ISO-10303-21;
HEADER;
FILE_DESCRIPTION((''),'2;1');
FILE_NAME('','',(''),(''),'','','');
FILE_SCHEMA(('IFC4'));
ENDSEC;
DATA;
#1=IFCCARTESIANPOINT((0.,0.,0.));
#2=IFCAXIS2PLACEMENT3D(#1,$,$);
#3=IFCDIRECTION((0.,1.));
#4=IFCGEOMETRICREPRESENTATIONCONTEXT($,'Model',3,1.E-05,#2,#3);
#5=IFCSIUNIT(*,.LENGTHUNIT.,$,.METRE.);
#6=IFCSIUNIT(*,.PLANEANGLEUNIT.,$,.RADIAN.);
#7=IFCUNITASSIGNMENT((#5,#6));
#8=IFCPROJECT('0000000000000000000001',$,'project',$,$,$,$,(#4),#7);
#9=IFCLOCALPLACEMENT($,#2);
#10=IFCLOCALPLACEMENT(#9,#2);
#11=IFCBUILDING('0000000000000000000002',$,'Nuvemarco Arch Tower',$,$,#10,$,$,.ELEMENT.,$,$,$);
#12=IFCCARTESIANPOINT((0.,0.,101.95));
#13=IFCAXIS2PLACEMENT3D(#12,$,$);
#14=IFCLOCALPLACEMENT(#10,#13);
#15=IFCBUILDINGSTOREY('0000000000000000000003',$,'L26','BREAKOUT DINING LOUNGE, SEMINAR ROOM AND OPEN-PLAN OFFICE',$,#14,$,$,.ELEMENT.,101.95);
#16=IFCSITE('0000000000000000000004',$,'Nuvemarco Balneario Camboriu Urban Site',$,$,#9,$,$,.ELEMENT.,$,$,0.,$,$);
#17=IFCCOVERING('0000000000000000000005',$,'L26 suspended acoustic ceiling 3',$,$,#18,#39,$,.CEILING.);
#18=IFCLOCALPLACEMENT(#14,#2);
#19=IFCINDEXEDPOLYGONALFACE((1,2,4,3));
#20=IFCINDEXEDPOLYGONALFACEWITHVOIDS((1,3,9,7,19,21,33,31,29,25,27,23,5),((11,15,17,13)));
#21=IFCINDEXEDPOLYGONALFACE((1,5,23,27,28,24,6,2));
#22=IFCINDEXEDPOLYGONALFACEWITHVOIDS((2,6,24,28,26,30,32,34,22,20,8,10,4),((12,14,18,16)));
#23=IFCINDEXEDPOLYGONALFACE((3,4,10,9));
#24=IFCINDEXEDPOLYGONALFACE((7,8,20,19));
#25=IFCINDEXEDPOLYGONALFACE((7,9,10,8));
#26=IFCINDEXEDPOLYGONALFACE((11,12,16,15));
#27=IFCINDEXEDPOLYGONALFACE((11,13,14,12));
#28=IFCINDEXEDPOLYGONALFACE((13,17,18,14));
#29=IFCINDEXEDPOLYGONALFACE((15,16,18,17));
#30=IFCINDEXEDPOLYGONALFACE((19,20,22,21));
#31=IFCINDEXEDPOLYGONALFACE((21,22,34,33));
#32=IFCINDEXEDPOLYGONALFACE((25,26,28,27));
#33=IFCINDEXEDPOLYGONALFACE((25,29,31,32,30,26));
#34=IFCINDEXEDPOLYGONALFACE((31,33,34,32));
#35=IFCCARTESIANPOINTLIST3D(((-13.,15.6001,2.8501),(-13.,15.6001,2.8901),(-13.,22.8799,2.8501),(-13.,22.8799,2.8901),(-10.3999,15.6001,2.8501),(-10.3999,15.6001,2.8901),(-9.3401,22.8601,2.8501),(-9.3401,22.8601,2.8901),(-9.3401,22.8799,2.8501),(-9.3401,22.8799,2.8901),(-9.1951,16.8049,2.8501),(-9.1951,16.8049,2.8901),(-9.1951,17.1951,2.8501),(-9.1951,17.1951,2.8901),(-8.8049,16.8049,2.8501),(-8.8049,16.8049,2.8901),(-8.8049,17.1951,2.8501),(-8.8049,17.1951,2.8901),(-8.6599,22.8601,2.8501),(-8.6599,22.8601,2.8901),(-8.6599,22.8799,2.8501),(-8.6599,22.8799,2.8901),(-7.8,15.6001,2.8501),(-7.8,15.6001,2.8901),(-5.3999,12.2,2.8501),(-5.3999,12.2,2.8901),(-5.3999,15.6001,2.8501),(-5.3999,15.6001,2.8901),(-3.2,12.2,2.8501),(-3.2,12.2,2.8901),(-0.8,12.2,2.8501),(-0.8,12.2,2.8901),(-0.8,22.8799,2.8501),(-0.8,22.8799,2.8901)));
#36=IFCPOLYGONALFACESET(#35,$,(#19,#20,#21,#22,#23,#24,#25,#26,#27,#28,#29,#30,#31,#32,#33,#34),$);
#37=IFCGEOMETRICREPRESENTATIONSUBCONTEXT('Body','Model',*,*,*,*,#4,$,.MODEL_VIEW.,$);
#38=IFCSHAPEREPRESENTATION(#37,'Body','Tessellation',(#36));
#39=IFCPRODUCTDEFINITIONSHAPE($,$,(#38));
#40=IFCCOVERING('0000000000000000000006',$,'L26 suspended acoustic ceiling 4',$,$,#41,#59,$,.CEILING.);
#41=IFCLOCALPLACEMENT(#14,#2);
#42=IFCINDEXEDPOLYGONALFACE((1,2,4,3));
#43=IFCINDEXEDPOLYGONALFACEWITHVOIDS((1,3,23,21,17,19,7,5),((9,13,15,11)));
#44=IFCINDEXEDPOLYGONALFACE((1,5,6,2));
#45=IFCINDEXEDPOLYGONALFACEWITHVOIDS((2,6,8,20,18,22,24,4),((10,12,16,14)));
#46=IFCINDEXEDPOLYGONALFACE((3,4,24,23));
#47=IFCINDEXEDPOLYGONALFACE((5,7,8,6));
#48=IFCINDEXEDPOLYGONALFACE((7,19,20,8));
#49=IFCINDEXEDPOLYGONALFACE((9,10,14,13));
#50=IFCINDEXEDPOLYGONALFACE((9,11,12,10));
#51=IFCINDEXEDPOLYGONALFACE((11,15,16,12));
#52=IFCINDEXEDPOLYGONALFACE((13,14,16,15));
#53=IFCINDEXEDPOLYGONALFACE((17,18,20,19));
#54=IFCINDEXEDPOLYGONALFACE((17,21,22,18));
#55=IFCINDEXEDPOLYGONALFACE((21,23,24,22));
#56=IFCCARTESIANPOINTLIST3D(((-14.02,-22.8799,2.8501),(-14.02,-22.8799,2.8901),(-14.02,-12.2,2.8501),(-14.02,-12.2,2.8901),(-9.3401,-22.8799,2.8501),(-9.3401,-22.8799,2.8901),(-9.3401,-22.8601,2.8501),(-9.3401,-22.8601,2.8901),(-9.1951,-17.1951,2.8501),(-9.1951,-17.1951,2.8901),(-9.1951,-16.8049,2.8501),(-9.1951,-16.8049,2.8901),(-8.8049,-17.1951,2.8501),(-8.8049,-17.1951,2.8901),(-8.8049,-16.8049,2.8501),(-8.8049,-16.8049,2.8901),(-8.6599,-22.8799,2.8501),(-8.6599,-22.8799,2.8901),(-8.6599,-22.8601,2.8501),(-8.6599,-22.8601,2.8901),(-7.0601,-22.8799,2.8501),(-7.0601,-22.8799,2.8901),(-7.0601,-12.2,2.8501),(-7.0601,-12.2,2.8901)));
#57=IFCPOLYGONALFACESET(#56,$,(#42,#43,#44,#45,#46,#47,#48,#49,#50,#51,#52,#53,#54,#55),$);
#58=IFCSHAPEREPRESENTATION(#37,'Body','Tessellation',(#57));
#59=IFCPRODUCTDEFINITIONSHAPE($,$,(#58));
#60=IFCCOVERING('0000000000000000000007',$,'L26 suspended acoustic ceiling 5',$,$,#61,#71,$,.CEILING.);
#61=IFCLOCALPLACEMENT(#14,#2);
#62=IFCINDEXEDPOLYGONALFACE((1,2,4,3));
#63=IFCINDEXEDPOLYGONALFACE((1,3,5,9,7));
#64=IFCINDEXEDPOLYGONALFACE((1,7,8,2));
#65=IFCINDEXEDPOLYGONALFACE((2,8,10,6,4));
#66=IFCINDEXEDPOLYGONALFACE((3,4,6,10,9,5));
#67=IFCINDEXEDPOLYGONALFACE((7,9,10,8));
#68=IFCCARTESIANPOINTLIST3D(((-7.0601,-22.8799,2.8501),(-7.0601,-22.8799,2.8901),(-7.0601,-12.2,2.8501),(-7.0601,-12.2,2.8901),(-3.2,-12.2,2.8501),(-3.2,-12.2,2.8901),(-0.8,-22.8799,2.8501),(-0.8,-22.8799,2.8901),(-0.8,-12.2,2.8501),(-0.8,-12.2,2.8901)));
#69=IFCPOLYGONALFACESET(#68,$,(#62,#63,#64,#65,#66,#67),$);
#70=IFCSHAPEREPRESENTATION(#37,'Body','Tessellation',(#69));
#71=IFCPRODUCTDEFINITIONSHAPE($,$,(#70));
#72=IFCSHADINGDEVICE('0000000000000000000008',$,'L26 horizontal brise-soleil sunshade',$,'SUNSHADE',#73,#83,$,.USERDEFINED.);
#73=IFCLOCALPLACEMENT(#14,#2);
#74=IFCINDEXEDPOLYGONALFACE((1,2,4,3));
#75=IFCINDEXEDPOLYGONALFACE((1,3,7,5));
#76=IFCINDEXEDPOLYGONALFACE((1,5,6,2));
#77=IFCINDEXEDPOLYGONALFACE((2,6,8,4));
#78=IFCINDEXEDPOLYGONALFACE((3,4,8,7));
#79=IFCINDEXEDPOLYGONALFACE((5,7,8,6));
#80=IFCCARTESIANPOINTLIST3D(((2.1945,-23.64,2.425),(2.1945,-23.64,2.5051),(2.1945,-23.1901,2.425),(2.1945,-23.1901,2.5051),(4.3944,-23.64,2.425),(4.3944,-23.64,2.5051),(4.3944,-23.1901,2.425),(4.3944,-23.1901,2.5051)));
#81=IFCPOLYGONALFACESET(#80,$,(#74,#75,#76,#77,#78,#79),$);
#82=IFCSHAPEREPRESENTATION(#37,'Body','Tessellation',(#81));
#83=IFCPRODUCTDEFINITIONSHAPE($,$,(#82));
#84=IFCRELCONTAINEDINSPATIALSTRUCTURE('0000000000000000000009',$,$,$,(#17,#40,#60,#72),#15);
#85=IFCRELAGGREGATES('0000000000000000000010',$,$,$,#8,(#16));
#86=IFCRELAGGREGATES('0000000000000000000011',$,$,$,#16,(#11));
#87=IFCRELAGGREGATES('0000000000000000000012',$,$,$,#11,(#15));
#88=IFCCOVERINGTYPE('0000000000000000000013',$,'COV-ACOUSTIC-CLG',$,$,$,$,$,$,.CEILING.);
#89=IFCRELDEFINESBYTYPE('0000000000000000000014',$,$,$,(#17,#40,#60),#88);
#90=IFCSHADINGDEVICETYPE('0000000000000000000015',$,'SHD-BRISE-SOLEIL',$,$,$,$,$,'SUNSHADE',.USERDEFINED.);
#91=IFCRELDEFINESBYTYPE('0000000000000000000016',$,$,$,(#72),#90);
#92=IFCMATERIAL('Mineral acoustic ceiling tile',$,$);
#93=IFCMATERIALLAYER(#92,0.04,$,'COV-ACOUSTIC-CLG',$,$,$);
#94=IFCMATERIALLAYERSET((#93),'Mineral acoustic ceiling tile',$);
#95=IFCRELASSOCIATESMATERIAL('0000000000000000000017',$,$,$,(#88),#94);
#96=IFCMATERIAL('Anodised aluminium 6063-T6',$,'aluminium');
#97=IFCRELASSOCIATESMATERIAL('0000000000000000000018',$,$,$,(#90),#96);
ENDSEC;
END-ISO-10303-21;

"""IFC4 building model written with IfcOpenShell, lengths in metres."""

from ifc_helpers import new_model, si_unit, direction, frame, origin, origin_2d, place, context, subcontext, project, spatial, polyline, rectangle, outline, extrude, source, transform, mapped, material, layer, layer_set, type_object, type_shapes, element, save


model = new_model("IFC4")

# Units and contexts
model_context = context("Model", 3, precision=1e-05, world=origin(), true_north=direction((0.0, 1.0)))
body_context = subcontext(model_context, "Body", "Model", "MODEL_VIEW")
ifc_project = project(units=[si_unit("LENGTHUNIT", "METRE"), si_unit("PLANEANGLEUNIT", "RADIAN")], contexts=[model_context])

# Site, building, storey
site_placement = place(None, origin())
site = spatial("IfcSite", under=ifc_project, at=site_placement, Name="Nuvemarco Balneario Camboriu Urban Site", CompositionType="ELEMENT", RefElevation=0.0)
building_placement = place(site_placement, origin())
building = spatial("IfcBuilding", under=site, at=building_placement, Name="Nuvemarco Arch Tower", CompositionType="ELEMENT")
storey_placement = place(building_placement, frame((0.0, 0.0, 101.95)))
storey = spatial("IfcBuildingStorey", under=building, at=storey_placement, Name="L26", Description="BREAKOUT DINING LOUNGE, SEMINAR ROOM AND OPEN-PLAN OFFICE", CompositionType="ELEMENT", Elevation=101.95)

# Coverings
ifc_material_1 = material(Name="Mineral acoustic ceiling tile")
ifc_layer_1 = layer(ifc_material_1, 0.04, Name="COV-ACOUSTIC-CLG")
ifc_layer_set_1 = layer_set([ifc_layer_1], Name="Mineral acoustic ceiling tile")
covering_type = type_object("IfcCoveringType", Name="COV-ACOUSTIC-CLG", PredefinedType="CEILING", material=ifc_layer_set_1)
covering_1_placement = place(storey_placement, frame((0.0, 0.0, 2.8501)))
element("IfcCovering", 1, at=covering_1_placement, inside=storey, type_object=covering_type, Name="L26 suspended acoustic ceiling 3", PredefinedType="CEILING", context=body_context, shape_type="SweptSolid", body=[
    extrude(outline(polyline([(-10.3999, 15.6001), (-13.0, 15.6001), (-13.0, 22.8799), (-9.3401, 22.8799), (-9.3401, 22.8601), (-8.6599, 22.8601), (-8.6599, 22.8799), (-0.8, 22.8799), (-0.8, 12.2), (-3.2, 12.2), (-5.3999, 12.2), (-5.3999, 15.6001), (-7.8, 15.6001), (-10.3999, 15.6001)]), holes=[polyline([(-8.8049, 16.8049), (-8.8049, 17.1951), (-9.1951, 17.1951), (-9.1951, 16.8049), (-8.8049, 16.8049)])]), origin(), (0.0, 0.0, 1.0), 0.04),
])
covering_2_placement = place(storey_placement, frame((0.0, 0.0, 2.8501)))
element("IfcCovering", 2, at=covering_2_placement, inside=storey, type_object=covering_type, Name="L26 suspended acoustic ceiling 4", PredefinedType="CEILING", context=body_context, shape_type="SweptSolid", body=[
    extrude(outline(polyline([(-8.6599, -22.8799), (-8.6599, -22.8601), (-9.3401, -22.8601), (-9.3401, -22.8799), (-14.02, -22.8799), (-14.02, -12.2), (-7.0601, -12.2), (-7.0601, -22.8799), (-8.6599, -22.8799)]), holes=[polyline([(-8.8049, -17.1951), (-8.8049, -16.8049), (-9.1951, -16.8049), (-9.1951, -17.1951), (-8.8049, -17.1951)])]), origin(), (0.0, 0.0, 1.0), 0.04),
])
covering_3_placement = place(storey_placement, frame((0.0, 0.0, 2.8501)))
element("IfcCovering", 3, at=covering_3_placement, inside=storey, type_object=covering_type, Name="L26 suspended acoustic ceiling 5", PredefinedType="CEILING", context=body_context, shape_type="SweptSolid", body=[
    extrude(outline(polyline([(-0.8, -22.8799), (-7.0601, -22.8799), (-7.0601, -12.2), (-3.2, -12.2), (-0.8, -12.2), (-0.8, -22.8799)])), origin(), (0.0, 0.0, 1.0), 0.04),
])

# Shading device
ifc_material_2 = material(Name="Anodised aluminium 6063-T6", Category="aluminium")
shading_device_type = type_object("IfcShadingDeviceType", Name="SHD-BRISE-SOLEIL", ElementType="SUNSHADE", PredefinedType="USERDEFINED", material=ifc_material_2)
shared_shape_1 = source(origin(), body_context, "Body", "SweptSolid", [
    extrude(rectangle(XDim=2.2, YDim=0.45, at=origin_2d()), origin(), (0.0, 0.0, 1.0), 0.0801),
])
type_shapes(shading_device_type, [shared_shape_1])
shading_device_placement = place(storey_placement, frame((3.2944, -23.415, 2.425), z_axis=(0.0, 0.0, 1.0), x_axis=(1.0, 0.0, 0.0)))
element("IfcShadingDevice", 4, at=shading_device_placement, inside=storey, type_object=shading_device_type, Name="L26 horizontal brise-soleil sunshade", ObjectType="SUNSHADE", PredefinedType="USERDEFINED", context=body_context, shape_type="MappedRepresentation", body=[
    mapped(shared_shape_1, transform((0.0, 0.0, 0.0), scale=1.0)),
])

save(model, "model.ifc")
